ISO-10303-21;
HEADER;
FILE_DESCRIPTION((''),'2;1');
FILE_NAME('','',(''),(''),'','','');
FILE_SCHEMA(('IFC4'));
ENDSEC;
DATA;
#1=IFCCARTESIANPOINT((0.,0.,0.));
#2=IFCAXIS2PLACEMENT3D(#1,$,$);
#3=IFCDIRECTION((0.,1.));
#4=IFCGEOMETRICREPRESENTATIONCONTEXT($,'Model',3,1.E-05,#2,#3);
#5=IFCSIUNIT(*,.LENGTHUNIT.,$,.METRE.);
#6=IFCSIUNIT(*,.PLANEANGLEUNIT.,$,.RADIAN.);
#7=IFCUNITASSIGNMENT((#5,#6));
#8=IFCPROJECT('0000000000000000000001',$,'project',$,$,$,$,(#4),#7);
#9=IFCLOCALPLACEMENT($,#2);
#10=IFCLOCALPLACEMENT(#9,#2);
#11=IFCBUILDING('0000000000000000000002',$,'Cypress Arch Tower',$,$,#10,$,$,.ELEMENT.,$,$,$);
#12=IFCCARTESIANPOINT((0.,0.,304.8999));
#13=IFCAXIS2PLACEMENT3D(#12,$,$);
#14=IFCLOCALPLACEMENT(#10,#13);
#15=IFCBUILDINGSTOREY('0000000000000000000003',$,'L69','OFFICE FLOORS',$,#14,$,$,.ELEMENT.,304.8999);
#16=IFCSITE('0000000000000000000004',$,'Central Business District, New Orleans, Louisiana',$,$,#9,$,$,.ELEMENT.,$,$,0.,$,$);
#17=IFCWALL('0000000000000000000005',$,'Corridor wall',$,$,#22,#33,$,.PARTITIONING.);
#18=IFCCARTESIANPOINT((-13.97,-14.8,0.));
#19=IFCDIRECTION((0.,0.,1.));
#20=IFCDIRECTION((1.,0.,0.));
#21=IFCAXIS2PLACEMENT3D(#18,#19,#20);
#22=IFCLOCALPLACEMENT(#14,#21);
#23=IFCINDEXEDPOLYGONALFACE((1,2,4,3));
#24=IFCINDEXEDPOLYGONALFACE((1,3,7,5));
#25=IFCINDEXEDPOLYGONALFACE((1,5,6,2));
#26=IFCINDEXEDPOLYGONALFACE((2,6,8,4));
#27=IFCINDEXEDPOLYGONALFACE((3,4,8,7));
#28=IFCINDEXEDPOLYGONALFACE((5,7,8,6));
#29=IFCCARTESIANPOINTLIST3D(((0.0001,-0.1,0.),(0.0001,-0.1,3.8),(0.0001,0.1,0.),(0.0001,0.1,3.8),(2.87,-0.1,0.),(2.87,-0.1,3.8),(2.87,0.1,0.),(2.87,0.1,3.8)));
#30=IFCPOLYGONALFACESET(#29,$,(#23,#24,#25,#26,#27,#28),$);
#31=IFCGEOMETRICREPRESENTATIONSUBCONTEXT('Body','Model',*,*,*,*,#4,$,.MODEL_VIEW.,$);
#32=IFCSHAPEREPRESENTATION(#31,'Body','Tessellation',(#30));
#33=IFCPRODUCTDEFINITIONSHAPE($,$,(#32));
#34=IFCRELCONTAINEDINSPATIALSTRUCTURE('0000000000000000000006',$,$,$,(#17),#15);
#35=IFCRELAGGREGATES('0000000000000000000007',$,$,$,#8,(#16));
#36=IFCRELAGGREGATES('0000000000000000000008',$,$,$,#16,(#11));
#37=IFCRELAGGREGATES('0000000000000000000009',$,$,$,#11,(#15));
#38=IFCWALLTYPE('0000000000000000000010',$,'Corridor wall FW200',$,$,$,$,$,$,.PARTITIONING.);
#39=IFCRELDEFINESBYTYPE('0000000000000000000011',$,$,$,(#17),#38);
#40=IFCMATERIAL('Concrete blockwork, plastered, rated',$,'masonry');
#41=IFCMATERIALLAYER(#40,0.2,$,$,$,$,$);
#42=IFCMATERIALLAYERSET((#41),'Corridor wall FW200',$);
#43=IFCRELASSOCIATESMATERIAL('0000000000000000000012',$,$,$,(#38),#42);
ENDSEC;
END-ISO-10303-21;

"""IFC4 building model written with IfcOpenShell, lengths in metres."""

from ifc_helpers import new_model, si_unit, direction, frame, frame_2d, origin, place, context, subcontext, project, spatial, rectangle, extrude, material, layer, layer_set, type_object, element, save


model = new_model("IFC4")

# Units and contexts
model_context = context("Model", 3, precision=1e-05, world=origin(), true_north=direction((0.0, 1.0)))
body_context = subcontext(model_context, "Body", "Model", "MODEL_VIEW")
ifc_project = project(units=[si_unit("LENGTHUNIT", "METRE"), si_unit("PLANEANGLEUNIT", "RADIAN")], contexts=[model_context])

# Site, building, storey
site_placement = place(None, origin())
site = spatial("IfcSite", under=ifc_project, at=site_placement, Name="Central Business District, New Orleans, Louisiana", CompositionType="ELEMENT", RefElevation=0.0)
building_placement = place(site_placement, origin())
building = spatial("IfcBuilding", under=site, at=building_placement, Name="Cypress Arch Tower", CompositionType="ELEMENT")
storey_placement = place(building_placement, frame((0.0, 0.0, 304.8999)))
storey = spatial("IfcBuildingStorey", under=building, at=storey_placement, Name="L69", Description="OFFICE FLOORS", CompositionType="ELEMENT", Elevation=304.8999)

# Wall
ifc_material_1 = material(Name="Concrete blockwork, plastered, rated", Category="masonry")
ifc_layer_1 = layer(ifc_material_1, 0.2)
ifc_layer_set_1 = layer_set([ifc_layer_1], Name="Corridor wall FW200")
wall_type_1 = type_object("IfcWallType", Name="Corridor wall FW200", PredefinedType="PARTITIONING", material=ifc_layer_set_1)
wall_1_placement = place(storey_placement, frame((-13.97, -14.8, 0.0), z_axis=(0.0, 0.0, 1.0), x_axis=(1.0, 0.0, 0.0)))
element("IfcWall", 1, at=wall_1_placement, inside=storey, type_object=wall_type_1, Name="Corridor wall", PredefinedType="PARTITIONING", context=body_context, shape_type="SweptSolid", body=[
    extrude(rectangle(XDim=2.8699, YDim=0.2, at=frame_2d((1.4351, 0.0))), origin(), (0.0, 0.0, 1.0), 3.8),
])

save(model, "model.ifc")
